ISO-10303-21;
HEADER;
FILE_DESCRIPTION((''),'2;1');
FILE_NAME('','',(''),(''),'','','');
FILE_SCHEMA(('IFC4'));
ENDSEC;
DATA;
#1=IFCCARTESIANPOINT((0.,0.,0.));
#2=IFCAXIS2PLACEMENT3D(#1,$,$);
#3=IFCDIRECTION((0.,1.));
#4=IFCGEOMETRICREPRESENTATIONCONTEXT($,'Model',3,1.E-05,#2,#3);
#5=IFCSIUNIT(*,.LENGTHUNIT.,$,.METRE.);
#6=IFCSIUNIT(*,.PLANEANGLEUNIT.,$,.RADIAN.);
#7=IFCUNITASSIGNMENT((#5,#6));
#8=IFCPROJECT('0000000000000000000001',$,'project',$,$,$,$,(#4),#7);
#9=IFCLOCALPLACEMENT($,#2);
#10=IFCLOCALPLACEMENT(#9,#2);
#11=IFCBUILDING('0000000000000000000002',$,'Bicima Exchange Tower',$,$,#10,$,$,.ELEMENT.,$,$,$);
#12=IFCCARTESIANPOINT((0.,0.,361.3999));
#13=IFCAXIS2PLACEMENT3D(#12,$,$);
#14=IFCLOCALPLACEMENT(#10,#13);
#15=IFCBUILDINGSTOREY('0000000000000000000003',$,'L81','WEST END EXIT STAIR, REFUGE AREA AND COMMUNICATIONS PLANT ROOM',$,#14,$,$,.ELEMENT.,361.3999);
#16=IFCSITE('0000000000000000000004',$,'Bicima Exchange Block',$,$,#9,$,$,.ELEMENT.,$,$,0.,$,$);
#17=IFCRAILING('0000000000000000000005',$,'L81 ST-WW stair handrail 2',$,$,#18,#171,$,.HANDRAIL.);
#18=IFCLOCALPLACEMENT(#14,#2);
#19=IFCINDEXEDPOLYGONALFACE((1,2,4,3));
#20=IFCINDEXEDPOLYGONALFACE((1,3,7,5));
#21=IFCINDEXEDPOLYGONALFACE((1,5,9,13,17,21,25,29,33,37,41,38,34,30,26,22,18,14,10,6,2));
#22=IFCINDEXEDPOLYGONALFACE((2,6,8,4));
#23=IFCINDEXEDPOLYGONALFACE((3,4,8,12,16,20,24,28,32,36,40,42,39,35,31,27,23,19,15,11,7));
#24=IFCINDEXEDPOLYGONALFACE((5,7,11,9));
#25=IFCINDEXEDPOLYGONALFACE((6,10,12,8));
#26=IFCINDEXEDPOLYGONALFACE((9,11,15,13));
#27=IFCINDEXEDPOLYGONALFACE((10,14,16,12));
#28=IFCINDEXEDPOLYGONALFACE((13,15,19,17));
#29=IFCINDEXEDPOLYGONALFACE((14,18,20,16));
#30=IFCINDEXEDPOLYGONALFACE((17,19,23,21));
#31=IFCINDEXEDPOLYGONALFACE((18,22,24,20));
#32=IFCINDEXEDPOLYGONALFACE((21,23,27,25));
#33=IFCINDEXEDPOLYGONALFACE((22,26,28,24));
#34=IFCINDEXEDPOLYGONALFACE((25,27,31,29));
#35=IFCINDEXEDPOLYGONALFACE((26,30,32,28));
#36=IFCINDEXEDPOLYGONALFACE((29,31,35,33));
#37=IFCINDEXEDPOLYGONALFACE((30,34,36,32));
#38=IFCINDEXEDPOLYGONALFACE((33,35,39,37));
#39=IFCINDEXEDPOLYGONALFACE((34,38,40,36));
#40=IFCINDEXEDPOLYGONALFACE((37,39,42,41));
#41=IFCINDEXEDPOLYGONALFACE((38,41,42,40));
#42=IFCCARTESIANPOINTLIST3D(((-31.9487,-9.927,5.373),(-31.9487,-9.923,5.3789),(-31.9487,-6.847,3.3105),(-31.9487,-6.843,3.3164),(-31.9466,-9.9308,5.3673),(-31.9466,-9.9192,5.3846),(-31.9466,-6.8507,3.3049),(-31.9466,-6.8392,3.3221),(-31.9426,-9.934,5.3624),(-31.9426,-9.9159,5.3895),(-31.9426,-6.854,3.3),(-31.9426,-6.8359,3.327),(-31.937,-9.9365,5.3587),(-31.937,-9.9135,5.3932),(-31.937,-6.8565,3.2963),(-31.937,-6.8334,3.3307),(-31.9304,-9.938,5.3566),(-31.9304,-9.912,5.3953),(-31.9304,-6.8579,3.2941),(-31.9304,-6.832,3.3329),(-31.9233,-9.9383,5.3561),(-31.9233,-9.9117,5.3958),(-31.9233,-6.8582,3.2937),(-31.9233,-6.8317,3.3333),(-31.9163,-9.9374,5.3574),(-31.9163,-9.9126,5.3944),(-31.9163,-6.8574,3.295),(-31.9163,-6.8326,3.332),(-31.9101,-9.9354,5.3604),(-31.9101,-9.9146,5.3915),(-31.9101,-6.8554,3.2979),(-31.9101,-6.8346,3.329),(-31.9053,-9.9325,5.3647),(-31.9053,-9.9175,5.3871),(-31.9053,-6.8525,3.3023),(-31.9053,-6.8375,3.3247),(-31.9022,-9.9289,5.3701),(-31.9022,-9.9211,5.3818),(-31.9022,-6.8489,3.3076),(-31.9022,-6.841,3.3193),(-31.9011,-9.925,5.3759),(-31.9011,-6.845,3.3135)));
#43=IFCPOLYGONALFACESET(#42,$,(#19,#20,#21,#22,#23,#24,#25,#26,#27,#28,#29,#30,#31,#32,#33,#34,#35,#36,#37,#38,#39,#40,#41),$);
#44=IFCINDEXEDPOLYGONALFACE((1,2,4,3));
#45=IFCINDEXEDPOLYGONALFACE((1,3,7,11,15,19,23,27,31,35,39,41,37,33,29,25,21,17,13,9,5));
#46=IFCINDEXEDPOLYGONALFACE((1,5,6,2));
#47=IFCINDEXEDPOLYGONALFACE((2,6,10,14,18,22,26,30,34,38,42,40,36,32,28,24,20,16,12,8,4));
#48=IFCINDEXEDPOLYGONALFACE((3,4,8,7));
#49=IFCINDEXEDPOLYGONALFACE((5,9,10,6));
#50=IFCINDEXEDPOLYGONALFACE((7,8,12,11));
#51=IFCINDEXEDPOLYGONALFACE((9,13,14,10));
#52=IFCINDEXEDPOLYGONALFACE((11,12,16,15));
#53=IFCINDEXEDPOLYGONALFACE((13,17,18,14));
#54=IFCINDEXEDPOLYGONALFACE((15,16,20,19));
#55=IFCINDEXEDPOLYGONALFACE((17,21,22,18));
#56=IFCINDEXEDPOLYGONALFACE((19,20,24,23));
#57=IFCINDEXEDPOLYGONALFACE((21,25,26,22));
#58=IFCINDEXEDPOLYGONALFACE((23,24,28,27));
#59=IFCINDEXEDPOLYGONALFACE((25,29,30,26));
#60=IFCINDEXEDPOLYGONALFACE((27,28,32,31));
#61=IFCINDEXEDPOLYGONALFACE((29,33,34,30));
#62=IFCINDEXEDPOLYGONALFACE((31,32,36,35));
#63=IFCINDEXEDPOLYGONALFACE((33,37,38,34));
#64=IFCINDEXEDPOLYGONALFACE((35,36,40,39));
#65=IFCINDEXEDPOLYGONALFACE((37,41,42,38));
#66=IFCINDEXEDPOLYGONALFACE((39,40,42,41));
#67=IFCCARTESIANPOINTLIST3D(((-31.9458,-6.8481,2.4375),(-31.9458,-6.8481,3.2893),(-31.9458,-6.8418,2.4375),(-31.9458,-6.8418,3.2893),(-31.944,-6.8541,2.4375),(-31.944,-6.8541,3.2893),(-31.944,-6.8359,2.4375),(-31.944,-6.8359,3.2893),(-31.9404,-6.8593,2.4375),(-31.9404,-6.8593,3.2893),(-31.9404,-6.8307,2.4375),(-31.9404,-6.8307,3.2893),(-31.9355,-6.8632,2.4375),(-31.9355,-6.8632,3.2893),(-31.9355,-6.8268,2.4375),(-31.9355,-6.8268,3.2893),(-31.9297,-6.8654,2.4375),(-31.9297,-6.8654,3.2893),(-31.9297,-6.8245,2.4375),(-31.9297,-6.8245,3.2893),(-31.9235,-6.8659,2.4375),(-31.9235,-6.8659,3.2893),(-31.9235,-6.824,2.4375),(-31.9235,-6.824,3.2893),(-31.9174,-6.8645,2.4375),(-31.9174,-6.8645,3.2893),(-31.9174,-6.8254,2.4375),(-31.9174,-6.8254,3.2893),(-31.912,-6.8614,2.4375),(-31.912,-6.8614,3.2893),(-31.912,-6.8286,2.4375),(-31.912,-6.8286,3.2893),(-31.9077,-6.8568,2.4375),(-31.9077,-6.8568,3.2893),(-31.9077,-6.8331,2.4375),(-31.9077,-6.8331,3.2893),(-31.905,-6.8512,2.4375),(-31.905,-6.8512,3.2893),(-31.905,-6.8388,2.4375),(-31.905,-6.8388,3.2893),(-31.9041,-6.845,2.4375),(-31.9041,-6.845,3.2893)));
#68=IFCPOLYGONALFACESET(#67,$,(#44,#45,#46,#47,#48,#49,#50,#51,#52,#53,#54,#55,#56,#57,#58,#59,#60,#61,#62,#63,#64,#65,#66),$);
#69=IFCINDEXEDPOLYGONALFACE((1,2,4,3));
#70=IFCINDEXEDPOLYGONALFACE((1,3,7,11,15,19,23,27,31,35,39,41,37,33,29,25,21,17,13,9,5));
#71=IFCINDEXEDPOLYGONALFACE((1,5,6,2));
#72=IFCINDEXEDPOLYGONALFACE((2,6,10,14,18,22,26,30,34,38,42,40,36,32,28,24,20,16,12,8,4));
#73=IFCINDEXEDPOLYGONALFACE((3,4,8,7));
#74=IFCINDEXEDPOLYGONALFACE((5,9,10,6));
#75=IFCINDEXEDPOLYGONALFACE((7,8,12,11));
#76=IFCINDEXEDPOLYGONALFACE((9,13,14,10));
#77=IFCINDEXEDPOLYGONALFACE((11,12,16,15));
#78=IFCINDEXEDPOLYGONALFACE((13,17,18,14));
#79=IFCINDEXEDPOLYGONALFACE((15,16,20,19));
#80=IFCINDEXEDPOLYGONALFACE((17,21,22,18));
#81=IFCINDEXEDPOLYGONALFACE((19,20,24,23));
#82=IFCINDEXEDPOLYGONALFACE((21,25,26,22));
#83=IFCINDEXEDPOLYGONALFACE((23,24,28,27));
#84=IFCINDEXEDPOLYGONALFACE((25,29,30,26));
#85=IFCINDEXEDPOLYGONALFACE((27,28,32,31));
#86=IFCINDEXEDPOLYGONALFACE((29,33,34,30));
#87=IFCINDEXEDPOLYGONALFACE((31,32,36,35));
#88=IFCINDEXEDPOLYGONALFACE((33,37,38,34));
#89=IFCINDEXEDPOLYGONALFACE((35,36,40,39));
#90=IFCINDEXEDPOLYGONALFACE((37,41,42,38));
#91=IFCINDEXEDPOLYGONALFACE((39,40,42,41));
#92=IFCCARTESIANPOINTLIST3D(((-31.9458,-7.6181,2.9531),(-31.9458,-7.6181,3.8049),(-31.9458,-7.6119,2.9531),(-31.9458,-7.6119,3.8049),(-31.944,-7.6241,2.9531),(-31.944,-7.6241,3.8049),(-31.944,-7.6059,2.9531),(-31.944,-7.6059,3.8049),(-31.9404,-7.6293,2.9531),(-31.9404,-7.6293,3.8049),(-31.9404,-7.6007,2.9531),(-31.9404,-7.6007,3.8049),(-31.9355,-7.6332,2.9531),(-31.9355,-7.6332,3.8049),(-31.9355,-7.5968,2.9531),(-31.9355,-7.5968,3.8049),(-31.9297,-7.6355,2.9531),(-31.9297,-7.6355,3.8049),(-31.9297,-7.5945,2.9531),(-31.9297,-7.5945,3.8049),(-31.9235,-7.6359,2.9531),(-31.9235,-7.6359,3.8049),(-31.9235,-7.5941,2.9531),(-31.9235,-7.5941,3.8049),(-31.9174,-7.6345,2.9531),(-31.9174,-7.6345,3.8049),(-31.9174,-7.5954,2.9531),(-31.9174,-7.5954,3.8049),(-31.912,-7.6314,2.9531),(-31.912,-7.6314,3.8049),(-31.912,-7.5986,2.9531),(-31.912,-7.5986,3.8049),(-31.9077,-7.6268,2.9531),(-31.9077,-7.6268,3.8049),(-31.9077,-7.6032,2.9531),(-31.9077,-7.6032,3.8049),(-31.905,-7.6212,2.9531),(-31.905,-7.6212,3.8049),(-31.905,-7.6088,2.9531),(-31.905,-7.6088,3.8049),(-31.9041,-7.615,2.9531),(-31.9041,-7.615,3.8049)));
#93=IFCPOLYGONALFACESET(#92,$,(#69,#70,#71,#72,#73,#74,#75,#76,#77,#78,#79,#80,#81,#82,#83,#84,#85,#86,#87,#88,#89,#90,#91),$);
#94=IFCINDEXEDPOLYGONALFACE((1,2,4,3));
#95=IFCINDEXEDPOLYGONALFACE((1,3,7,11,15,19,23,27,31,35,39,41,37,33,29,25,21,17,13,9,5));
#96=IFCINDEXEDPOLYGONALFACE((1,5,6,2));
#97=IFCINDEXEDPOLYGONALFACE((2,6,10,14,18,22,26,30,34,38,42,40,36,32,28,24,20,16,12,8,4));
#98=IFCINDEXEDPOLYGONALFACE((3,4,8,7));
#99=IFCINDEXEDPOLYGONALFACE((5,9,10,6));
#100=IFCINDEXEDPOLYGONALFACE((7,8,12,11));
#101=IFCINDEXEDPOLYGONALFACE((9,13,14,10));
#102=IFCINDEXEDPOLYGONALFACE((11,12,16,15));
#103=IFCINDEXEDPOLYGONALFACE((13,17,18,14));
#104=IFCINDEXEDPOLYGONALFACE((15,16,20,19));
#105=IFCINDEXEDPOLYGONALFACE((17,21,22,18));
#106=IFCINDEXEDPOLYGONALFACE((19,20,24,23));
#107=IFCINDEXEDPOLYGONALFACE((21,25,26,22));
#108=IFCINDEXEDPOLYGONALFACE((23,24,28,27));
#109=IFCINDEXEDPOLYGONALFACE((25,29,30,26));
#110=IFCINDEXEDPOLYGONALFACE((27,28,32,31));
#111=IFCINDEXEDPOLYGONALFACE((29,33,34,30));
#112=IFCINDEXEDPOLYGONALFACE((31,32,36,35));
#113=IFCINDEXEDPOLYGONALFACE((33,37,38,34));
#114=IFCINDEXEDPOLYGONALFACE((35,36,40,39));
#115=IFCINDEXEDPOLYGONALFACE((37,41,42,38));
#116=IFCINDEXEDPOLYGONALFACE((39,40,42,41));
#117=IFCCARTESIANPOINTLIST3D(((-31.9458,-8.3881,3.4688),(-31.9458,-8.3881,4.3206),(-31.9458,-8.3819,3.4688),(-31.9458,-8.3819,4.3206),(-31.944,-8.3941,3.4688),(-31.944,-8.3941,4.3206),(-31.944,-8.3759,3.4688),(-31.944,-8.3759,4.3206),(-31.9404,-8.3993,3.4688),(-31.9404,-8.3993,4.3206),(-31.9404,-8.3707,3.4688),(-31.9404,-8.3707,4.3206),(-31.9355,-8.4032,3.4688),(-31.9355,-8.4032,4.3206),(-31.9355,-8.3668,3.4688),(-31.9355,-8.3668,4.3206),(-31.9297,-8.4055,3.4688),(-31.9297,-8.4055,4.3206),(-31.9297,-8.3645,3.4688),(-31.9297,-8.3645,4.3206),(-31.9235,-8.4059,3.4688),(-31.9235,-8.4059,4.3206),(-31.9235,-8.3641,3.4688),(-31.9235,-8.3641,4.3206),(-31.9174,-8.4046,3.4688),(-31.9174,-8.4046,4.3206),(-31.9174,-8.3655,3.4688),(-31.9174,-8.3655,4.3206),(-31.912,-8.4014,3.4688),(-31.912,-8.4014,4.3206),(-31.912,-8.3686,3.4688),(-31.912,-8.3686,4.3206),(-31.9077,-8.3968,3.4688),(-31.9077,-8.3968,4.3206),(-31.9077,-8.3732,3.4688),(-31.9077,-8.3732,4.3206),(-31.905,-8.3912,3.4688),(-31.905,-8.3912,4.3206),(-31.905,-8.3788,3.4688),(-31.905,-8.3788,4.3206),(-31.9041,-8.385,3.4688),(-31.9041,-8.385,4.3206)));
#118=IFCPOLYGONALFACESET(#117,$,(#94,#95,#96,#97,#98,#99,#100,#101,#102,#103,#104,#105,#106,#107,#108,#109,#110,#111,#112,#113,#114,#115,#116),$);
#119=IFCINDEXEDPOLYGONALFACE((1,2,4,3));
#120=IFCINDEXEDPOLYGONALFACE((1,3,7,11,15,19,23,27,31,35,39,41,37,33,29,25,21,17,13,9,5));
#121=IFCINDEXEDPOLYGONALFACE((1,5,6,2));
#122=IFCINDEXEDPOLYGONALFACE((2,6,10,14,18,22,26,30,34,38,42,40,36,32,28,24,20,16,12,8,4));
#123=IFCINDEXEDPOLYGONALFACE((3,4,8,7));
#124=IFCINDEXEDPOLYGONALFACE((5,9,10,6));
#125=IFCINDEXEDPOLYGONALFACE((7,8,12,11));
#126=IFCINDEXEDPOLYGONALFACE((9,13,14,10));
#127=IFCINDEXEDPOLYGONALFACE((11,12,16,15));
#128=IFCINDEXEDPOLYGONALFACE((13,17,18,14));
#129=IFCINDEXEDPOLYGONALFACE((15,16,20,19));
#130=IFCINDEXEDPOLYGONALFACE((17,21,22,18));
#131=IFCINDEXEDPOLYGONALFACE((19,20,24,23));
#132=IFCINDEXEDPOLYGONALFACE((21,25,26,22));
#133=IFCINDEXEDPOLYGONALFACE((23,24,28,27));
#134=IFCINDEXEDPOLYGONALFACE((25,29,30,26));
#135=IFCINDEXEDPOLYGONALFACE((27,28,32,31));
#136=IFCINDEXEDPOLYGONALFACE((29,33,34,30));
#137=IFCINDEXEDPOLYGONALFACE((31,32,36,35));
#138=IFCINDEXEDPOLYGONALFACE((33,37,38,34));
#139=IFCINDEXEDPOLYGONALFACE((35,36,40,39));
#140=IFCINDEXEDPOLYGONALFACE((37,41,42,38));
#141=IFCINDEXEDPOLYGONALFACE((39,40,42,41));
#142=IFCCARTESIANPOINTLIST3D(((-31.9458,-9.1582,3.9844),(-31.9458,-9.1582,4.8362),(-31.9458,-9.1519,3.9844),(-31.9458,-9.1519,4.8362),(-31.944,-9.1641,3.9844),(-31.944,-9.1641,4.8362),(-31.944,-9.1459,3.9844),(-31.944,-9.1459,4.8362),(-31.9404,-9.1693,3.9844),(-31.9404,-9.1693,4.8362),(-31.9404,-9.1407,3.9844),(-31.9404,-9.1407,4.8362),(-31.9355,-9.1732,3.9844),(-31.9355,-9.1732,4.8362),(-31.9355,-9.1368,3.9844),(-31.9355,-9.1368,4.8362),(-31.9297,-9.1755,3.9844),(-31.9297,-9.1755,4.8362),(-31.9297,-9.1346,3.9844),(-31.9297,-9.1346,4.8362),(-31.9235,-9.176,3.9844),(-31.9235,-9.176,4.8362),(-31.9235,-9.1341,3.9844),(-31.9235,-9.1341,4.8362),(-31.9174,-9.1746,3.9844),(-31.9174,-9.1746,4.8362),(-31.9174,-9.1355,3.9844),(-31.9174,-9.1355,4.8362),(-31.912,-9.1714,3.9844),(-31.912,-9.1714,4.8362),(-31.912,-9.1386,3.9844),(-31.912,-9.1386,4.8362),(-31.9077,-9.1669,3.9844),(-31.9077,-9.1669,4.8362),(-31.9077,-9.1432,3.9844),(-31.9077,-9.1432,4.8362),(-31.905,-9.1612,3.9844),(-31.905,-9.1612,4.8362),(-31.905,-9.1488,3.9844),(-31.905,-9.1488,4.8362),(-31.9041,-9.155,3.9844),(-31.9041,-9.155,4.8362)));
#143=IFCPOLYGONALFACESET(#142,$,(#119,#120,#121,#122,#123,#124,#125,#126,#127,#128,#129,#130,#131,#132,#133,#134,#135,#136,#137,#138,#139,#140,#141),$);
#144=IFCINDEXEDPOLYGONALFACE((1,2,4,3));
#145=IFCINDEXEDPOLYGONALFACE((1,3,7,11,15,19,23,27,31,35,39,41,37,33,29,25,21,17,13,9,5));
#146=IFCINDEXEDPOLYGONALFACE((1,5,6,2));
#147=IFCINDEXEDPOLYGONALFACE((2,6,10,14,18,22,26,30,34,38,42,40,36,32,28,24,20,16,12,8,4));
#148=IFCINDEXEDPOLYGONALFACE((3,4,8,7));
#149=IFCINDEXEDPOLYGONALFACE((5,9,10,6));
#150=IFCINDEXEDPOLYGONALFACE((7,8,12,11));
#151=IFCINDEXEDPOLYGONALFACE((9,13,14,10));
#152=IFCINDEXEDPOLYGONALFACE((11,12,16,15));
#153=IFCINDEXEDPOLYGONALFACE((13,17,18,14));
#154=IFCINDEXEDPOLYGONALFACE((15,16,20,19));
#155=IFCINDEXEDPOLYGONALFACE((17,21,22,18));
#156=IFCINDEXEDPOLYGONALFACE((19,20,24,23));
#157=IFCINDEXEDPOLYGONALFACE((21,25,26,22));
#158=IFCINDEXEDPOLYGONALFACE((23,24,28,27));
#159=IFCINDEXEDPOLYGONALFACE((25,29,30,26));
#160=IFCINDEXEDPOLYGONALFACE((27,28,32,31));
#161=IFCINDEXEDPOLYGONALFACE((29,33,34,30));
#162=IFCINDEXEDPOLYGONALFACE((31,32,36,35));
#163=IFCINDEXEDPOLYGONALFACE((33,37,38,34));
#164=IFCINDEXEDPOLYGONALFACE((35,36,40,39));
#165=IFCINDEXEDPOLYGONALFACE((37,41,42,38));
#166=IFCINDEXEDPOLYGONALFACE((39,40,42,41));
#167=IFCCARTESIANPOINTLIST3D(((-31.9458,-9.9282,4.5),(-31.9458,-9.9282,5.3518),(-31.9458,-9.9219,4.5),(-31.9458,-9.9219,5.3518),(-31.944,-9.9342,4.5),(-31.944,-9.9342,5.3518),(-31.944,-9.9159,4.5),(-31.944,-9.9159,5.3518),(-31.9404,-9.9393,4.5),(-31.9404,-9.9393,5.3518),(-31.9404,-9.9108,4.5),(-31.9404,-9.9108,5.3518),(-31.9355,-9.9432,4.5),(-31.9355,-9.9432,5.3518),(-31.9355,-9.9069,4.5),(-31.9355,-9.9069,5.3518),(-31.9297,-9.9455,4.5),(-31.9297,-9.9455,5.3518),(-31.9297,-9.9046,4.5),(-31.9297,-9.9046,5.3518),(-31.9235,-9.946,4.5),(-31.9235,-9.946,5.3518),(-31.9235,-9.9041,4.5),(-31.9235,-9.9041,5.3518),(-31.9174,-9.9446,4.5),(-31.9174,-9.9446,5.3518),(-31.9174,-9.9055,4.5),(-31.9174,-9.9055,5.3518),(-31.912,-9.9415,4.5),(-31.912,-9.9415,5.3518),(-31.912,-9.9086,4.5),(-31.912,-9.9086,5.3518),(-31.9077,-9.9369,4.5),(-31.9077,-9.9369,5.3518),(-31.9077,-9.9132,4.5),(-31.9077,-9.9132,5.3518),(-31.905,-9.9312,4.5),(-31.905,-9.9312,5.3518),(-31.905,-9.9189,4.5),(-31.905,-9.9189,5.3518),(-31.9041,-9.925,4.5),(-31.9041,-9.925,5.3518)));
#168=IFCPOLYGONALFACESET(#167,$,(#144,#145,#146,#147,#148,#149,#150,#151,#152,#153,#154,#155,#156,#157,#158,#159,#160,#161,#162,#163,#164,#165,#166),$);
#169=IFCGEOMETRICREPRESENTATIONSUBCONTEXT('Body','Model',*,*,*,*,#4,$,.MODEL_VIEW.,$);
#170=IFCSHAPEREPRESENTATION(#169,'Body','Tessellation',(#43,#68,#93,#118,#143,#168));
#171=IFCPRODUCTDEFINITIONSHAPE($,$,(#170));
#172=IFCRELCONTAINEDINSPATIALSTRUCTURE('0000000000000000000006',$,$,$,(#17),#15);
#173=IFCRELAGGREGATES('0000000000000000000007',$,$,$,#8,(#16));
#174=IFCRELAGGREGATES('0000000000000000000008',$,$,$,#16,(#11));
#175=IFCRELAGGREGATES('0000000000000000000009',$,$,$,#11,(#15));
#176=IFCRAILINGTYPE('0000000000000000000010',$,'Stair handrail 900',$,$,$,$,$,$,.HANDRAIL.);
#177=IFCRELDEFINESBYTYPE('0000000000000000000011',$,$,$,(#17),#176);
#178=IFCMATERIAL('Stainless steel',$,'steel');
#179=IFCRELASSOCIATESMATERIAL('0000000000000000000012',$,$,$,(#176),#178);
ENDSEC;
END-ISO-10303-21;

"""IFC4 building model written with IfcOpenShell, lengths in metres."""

from ifc_helpers import new_model, si_unit, direction, frame, origin, origin_2d, place, context, subcontext, project, spatial, circle, extrude, material, type_object, element, save


model = new_model("IFC4")

# Units and contexts
model_context = context("Model", 3, precision=1e-05, world=origin(), true_north=direction((0.0, 1.0)))
body_context = subcontext(model_context, "Body", "Model", "MODEL_VIEW")
ifc_project = project(units=[si_unit("LENGTHUNIT", "METRE"), si_unit("PLANEANGLEUNIT", "RADIAN")], contexts=[model_context])

# Site, building, storey
site_placement = place(None, origin())
site = spatial("IfcSite", under=ifc_project, at=site_placement, Name="Bicima Exchange Block", CompositionType="ELEMENT", RefElevation=0.0)
building_placement = place(site_placement, origin())
building = spatial("IfcBuilding", under=site, at=building_placement, Name="Bicima Exchange Tower", CompositionType="ELEMENT")
storey_placement = place(building_placement, frame((0.0, 0.0, 361.3999)))
storey = spatial("IfcBuildingStorey", under=building, at=storey_placement, Name="L81", Description="WEST END EXIT STAIR, REFUGE AREA AND COMMUNICATIONS PLANT ROOM", CompositionType="ELEMENT", Elevation=361.3999)

# Railing
ifc_material_1 = material(Name="Stainless steel", Category="steel")
railing_type_1 = type_object("IfcRailingType", Name="Stair handrail 900", PredefinedType="HANDRAIL", material=ifc_material_1)
railing_1_placement = place(storey_placement, frame((-31.925, -6.845, 2.4375)))
element("IfcRailing", 1, at=railing_1_placement, inside=storey, type_object=railing_type_1, Name="L81 ST-WW stair handrail 2", PredefinedType="HANDRAIL", context=body_context, shape_type="SweptSolid", body=[
    extrude(circle(Radius=0.0239, at=origin_2d()), frame((0.0, 0.0, 0.876), z_axis=(0.0, -0.830914, 0.556401), x_axis=(1.0, 0.0, 0.0)), (0.0, 0.0, 1.0), 3.7068),
    extrude(circle(Radius=0.021, at=origin_2d()), origin(), (0.0, 0.0, 1.0), 0.8518),
    extrude(circle(Radius=0.021, at=origin_2d()), frame((0.0, -0.77, 0.5156)), (0.0, 0.0, 1.0), 0.8518),
    extrude(circle(Radius=0.021, at=origin_2d()), frame((0.0, -1.54, 1.0312)), (0.0, 0.0, 1.0), 0.8518),
    extrude(circle(Radius=0.021, at=origin_2d()), frame((0.0, -2.3101, 1.5469)), (0.0, 0.0, 1.0), 0.8518),
    extrude(circle(Radius=0.021, at=origin_2d()), frame((0.0, -3.0801, 2.0625)), (0.0, 0.0, 1.0), 0.8518),
])

save(model, "model.ifc")
